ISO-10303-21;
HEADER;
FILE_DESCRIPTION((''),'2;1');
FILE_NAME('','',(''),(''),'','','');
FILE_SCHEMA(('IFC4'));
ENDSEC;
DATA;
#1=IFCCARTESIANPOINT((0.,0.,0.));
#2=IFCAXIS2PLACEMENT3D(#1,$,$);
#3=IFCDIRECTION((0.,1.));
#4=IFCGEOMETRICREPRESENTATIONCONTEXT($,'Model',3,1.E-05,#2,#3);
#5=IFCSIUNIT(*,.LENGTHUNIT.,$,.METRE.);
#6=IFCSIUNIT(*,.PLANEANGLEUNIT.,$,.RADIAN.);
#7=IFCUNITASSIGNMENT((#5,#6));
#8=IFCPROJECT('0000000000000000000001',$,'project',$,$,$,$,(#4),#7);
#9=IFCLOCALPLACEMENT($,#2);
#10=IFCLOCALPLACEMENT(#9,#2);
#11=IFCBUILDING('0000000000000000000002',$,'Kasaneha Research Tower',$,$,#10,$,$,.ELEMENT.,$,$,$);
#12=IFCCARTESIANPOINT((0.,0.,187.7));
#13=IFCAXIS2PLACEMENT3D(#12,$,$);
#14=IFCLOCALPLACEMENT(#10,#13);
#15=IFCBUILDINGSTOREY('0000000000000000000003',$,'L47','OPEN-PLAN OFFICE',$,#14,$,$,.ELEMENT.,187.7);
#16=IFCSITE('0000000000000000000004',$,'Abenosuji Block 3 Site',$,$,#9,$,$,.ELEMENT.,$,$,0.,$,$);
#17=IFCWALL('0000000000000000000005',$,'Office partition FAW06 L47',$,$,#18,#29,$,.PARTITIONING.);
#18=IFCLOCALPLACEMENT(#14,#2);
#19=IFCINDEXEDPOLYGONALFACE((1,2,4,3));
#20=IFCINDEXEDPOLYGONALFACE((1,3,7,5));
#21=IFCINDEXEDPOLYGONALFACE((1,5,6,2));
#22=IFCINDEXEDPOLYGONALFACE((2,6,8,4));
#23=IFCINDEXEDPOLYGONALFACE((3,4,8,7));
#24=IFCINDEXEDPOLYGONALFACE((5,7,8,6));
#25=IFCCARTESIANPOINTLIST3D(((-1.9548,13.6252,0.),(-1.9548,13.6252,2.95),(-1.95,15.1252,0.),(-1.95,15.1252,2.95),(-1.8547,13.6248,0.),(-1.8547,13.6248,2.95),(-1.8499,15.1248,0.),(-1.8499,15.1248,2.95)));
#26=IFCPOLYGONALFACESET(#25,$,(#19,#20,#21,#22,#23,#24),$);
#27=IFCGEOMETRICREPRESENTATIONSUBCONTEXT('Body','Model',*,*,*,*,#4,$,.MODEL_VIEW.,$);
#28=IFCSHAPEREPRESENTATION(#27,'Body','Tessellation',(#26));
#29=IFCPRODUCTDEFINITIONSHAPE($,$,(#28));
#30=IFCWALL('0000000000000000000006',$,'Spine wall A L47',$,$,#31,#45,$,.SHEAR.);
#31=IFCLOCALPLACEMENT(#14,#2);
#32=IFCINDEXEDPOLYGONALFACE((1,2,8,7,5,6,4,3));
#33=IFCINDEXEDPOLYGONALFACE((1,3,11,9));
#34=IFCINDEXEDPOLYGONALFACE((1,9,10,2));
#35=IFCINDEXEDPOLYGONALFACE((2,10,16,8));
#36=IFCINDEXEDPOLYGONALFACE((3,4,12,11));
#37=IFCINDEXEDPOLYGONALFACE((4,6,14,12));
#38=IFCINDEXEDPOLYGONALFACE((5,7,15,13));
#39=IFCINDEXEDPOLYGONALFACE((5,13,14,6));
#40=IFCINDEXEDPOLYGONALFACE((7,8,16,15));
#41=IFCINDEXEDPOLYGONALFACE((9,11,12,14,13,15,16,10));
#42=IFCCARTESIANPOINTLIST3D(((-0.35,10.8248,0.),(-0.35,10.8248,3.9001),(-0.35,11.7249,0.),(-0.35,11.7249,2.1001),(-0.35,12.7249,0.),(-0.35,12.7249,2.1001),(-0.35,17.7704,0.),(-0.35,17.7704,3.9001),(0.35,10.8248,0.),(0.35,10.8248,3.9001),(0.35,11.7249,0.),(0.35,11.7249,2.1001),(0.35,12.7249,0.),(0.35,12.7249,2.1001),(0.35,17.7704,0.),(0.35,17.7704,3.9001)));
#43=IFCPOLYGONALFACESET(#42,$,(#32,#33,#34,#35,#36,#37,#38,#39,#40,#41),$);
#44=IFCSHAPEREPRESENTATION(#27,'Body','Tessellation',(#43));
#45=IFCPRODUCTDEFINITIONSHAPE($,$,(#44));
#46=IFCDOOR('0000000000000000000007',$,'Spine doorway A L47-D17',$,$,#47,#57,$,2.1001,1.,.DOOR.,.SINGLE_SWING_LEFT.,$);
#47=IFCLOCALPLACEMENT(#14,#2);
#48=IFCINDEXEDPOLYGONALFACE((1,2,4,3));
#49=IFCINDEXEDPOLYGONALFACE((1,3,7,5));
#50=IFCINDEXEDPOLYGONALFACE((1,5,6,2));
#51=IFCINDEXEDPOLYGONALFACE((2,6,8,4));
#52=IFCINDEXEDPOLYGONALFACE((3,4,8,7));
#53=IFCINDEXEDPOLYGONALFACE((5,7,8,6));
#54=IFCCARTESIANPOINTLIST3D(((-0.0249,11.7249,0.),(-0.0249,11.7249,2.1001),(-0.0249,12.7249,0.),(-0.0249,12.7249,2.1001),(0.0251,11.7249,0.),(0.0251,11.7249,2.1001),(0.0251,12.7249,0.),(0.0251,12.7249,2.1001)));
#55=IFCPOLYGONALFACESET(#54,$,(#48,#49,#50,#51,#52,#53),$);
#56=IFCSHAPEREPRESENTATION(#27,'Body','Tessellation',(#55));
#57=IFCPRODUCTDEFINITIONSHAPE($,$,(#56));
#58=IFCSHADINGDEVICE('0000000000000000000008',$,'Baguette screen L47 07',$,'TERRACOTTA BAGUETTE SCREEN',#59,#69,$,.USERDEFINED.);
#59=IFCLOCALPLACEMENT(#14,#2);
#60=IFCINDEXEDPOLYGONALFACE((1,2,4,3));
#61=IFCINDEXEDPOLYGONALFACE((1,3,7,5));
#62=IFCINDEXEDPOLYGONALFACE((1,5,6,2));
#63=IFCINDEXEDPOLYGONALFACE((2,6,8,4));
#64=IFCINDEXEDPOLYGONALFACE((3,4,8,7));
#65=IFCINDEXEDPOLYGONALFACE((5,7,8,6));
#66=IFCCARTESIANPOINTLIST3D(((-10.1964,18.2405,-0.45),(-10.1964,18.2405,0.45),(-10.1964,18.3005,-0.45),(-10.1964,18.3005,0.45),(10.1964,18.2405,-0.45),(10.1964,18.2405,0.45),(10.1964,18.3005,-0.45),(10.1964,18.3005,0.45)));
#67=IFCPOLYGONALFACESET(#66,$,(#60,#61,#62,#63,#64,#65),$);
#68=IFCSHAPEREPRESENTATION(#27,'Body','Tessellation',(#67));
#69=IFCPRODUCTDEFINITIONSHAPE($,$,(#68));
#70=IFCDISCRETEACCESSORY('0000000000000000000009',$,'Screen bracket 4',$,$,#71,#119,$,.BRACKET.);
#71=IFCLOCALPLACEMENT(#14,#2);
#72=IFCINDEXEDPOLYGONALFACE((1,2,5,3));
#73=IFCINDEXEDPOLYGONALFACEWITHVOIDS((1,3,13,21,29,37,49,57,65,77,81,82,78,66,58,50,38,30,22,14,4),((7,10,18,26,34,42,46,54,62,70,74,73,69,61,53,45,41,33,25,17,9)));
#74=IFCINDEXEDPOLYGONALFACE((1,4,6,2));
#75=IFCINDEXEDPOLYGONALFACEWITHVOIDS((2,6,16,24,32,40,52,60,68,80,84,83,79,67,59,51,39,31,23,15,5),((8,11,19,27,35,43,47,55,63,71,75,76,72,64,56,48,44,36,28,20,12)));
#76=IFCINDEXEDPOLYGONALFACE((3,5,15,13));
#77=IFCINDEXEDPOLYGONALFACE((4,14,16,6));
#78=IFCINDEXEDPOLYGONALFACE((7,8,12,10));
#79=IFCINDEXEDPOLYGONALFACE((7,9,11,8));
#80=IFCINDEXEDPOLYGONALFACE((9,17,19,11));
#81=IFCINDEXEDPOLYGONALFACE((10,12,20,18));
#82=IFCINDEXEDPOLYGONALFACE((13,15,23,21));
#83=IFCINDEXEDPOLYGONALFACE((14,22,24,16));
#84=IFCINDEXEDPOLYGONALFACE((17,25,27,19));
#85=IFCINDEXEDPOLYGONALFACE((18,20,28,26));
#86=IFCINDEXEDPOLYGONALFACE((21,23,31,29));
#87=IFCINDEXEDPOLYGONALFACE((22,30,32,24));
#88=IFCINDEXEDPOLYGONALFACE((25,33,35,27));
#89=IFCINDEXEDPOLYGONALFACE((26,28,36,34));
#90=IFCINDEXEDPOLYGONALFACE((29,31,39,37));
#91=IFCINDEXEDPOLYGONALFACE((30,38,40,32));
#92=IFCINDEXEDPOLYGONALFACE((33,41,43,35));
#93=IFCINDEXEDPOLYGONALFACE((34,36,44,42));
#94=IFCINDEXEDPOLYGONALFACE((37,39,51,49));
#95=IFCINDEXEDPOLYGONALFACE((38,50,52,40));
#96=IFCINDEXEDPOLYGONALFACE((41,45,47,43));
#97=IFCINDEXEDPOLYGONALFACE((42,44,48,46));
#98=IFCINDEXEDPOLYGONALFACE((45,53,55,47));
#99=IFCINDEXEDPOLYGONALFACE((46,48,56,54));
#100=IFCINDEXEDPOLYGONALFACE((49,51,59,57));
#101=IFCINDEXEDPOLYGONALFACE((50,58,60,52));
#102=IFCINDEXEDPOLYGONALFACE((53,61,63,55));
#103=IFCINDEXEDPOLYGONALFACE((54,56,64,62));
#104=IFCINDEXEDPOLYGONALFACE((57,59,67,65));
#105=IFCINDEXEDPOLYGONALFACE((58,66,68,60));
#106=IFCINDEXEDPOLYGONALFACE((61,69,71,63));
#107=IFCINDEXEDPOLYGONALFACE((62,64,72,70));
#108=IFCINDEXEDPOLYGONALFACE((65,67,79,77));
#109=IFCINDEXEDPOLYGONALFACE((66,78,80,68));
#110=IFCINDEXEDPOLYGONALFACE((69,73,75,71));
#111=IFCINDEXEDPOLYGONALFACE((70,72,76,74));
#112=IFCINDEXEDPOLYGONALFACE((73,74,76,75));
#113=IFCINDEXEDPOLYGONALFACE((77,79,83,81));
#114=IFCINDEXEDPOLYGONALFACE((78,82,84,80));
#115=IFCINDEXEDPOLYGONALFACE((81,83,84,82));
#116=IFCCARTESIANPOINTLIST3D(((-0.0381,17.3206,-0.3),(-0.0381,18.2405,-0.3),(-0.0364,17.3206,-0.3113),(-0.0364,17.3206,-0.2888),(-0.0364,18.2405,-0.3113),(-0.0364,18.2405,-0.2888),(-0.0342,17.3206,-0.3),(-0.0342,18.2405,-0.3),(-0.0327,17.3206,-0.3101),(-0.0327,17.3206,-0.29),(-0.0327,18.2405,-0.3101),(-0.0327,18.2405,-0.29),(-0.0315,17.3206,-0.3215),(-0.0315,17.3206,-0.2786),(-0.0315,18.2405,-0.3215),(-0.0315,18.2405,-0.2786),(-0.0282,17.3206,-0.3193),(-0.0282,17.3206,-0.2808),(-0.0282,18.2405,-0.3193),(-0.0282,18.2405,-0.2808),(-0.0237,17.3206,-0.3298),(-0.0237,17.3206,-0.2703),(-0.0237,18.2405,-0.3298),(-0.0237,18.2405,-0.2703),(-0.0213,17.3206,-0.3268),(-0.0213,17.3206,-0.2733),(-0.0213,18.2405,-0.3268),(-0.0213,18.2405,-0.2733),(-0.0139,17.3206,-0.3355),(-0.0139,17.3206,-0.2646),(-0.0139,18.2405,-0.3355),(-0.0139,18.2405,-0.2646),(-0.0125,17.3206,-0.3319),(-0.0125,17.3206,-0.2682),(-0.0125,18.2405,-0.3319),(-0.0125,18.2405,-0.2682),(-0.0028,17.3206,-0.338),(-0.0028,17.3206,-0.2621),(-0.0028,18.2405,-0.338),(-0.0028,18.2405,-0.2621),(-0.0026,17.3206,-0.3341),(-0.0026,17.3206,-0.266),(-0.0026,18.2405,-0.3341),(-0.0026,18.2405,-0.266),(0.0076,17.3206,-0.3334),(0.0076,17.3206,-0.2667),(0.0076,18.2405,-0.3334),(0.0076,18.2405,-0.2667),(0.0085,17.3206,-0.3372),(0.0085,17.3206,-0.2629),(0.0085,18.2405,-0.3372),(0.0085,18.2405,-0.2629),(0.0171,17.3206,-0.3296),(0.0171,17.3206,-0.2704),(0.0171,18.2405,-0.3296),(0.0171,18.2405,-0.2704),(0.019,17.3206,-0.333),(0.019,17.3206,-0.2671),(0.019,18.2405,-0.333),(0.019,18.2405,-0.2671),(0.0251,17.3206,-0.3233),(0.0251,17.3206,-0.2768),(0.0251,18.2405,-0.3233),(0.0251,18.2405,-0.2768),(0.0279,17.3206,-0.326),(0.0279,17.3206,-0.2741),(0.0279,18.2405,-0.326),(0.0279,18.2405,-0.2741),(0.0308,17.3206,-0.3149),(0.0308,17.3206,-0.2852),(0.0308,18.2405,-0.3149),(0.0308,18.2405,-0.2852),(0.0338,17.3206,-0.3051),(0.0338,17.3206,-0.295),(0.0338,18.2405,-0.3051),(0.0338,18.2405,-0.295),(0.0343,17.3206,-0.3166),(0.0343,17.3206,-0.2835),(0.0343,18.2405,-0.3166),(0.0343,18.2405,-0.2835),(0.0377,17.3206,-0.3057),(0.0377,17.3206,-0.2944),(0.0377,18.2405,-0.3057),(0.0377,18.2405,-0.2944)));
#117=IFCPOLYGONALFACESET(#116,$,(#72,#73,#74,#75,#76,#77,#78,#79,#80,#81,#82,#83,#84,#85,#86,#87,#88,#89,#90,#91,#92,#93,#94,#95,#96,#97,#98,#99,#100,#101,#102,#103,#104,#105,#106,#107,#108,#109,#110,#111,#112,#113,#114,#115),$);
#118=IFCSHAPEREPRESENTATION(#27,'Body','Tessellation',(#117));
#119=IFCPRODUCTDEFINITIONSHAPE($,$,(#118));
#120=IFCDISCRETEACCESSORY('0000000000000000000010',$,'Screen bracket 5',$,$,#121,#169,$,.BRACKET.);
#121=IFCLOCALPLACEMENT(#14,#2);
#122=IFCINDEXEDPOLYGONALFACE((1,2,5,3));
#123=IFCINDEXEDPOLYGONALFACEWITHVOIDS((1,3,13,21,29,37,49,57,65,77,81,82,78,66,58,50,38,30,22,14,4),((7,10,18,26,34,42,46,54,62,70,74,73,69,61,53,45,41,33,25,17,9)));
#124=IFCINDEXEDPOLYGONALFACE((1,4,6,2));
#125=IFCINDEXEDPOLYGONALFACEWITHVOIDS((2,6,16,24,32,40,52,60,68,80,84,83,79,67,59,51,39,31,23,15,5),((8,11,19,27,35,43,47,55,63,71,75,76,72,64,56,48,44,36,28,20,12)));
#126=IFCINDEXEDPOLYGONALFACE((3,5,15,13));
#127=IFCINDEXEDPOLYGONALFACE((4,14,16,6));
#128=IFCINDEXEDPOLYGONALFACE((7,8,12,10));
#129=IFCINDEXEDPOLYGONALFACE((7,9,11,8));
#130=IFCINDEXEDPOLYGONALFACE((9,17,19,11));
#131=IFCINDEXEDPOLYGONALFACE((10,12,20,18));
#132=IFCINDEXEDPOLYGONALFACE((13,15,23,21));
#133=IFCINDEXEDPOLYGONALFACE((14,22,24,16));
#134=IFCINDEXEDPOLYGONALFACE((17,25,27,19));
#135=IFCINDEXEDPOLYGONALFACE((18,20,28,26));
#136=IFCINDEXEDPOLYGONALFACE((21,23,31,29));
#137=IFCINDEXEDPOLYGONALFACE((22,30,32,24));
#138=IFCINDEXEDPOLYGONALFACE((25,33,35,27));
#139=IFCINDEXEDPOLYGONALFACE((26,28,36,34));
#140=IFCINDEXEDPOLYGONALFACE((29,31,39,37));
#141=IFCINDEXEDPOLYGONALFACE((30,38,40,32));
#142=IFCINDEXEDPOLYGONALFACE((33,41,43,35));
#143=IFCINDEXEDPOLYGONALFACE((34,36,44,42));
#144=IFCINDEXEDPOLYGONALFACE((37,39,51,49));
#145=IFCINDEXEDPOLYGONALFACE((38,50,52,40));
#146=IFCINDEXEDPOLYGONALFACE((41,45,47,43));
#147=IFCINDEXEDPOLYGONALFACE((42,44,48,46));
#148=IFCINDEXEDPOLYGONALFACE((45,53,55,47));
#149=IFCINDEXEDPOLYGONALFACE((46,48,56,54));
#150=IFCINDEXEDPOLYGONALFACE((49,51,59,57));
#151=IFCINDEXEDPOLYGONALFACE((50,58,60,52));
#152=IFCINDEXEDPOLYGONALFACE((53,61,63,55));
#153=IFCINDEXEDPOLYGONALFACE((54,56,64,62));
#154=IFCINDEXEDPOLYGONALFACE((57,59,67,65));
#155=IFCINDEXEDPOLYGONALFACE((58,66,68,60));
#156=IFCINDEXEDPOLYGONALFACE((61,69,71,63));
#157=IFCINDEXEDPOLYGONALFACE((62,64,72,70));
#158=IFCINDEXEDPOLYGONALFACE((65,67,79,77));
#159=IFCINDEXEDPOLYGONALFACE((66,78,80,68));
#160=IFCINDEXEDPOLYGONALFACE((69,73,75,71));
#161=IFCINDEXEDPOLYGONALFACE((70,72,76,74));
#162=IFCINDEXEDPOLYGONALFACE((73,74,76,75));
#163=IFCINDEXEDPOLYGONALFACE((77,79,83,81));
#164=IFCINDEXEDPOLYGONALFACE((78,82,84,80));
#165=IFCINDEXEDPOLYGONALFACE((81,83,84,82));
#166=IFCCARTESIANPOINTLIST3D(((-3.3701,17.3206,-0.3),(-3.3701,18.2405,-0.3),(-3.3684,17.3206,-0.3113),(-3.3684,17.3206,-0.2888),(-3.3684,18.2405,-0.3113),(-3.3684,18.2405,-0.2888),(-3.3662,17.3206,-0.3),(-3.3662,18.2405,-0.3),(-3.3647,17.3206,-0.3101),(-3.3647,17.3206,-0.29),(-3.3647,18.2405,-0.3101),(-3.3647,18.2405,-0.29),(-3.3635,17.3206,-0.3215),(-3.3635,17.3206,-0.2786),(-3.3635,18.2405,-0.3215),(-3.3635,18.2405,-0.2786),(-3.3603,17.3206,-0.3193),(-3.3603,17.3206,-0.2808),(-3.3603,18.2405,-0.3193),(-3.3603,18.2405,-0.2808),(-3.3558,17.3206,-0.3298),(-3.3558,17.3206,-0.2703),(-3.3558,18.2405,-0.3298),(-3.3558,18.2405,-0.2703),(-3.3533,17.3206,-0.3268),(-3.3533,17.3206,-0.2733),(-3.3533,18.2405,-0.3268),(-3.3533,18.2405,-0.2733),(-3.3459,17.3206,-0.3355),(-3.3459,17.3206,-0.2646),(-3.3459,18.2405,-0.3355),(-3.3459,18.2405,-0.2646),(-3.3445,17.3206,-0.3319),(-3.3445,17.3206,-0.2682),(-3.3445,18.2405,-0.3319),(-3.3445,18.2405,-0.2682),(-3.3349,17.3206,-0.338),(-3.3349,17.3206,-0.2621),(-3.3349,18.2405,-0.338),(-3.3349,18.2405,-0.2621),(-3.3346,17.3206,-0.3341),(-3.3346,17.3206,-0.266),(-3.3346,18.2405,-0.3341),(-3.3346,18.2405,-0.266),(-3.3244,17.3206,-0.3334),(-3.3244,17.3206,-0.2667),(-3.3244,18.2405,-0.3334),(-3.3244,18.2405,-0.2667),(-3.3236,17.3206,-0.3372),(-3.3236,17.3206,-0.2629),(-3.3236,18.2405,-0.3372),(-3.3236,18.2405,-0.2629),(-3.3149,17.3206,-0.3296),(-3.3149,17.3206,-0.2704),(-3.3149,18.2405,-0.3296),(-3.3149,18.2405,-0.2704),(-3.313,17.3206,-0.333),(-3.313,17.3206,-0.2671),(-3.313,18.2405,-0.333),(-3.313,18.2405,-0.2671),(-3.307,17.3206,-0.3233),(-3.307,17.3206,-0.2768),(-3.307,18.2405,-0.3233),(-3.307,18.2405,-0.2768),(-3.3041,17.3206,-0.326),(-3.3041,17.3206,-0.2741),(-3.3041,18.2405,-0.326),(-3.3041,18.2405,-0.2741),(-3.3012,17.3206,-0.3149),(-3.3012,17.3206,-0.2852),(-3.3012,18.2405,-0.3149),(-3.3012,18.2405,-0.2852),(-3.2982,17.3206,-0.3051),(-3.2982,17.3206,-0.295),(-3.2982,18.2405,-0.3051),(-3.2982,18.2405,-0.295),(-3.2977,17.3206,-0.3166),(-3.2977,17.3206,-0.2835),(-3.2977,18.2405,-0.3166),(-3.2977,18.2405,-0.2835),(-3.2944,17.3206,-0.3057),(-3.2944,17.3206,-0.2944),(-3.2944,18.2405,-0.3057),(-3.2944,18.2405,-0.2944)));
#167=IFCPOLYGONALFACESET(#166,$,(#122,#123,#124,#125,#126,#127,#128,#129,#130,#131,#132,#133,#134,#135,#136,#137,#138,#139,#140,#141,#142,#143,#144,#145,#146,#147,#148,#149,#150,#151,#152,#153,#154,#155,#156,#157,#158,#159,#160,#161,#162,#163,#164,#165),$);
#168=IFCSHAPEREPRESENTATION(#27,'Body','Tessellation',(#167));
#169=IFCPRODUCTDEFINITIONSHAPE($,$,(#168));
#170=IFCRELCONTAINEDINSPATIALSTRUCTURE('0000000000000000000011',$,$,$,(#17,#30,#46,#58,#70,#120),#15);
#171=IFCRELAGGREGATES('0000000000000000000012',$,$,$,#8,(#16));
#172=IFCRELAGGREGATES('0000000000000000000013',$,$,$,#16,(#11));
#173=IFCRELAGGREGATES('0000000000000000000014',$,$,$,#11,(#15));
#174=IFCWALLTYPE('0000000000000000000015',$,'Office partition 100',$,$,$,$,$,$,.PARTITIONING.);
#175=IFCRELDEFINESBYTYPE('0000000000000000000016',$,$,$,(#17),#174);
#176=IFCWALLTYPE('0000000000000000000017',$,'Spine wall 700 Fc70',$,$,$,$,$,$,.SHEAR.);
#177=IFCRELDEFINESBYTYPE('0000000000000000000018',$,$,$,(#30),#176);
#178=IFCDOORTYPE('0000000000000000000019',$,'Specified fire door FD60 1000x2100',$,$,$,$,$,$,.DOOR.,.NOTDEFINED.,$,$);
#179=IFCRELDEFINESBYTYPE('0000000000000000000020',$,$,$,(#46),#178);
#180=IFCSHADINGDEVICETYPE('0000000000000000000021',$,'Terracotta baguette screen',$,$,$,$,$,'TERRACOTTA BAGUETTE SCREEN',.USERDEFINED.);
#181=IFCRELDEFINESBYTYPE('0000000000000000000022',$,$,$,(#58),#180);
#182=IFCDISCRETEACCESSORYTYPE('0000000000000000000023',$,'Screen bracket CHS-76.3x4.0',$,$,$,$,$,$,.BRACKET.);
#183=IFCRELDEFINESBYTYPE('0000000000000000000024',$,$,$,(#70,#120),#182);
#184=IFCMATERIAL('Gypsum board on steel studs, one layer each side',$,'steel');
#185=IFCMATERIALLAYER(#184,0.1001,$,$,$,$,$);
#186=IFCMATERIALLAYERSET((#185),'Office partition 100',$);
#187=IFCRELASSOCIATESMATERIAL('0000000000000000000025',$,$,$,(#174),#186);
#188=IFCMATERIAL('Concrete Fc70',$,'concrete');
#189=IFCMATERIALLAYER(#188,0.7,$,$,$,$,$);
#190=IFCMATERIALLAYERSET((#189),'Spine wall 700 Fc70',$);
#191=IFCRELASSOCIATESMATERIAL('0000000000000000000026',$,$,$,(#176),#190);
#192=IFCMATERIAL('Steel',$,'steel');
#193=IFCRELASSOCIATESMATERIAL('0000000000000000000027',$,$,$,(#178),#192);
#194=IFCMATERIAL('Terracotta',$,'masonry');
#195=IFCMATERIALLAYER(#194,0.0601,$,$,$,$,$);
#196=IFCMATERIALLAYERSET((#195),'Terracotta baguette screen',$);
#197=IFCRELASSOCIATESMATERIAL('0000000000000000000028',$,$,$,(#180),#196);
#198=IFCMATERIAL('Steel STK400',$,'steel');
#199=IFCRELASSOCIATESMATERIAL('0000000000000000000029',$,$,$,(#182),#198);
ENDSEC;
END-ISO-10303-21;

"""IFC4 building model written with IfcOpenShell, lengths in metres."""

from ifc_helpers import new_model, si_unit, direction, frame, frame_2d, origin, origin_2d, place, context, subcontext, project, spatial, rectangle, hollow_circle, extrude, material, layer, layer_set, material_profile, profile_set, type_object, element, fill, save


model = new_model("IFC4")

# Units and contexts
model_context = context("Model", 3, precision=1e-05, world=origin(), true_north=direction((0.0, 1.0)))
body_context = subcontext(model_context, "Body", "Model", "MODEL_VIEW")
ifc_project = project(units=[si_unit("LENGTHUNIT", "METRE"), si_unit("PLANEANGLEUNIT", "RADIAN")], contexts=[model_context])

# Site, building, storey
site_placement = place(None, origin())
site = spatial("IfcSite", under=ifc_project, at=site_placement, Name="Abenosuji Block 3 Site", CompositionType="ELEMENT", RefElevation=0.0)
building_placement = place(site_placement, origin())
building = spatial("IfcBuilding", under=site, at=building_placement, Name="Kasaneha Research Tower", CompositionType="ELEMENT")
storey_placement = place(building_placement, frame((0.0, 0.0, 187.7)))
storey = spatial("IfcBuildingStorey", under=building, at=storey_placement, Name="L47", Description="OPEN-PLAN OFFICE", CompositionType="ELEMENT", Elevation=187.7)

# Shared definitions
ifc_material_1 = material(Name="Gypsum board on steel studs, one layer each side", Category="steel")
ifc_layer_1 = layer(ifc_material_1, 0.1001)
ifc_layer_set_1 = layer_set([ifc_layer_1], Name="Office partition 100")
wall_type_1 = type_object("IfcWallType", Name="Office partition 100", PredefinedType="PARTITIONING", material=ifc_layer_set_1)

# Wall
for number, where, z_axis, x_axis, name in (
    (1, (-1.8999, 15.125, 0.0), (0.0, 0.0, 1.0), (-0.003255, -0.999995, 0.0), "Office partition FAW06 L47"),
):
    element("IfcWall", number, at=place(storey_placement, frame(where, z_axis=z_axis, x_axis=x_axis)), inside=storey, type_object=wall_type_1, Name=name, PredefinedType="PARTITIONING", context=body_context, shape_type="SweptSolid", body=[
        extrude(rectangle(XDim=1.5, YDim=0.1001, at=frame_2d((0.75, 0.0))), origin(), (0.0, 0.0, 1.0), 2.95),
    ])

# Wall, opening, door
ifc_material_2 = material(Name="Concrete Fc70", Category="concrete")
ifc_layer_2 = layer(ifc_material_2, 0.7)
ifc_layer_set_2 = layer_set([ifc_layer_2], Name="Spine wall 700 Fc70")
wall_type_2 = type_object("IfcWallType", Name="Spine wall 700 Fc70", PredefinedType="SHEAR", material=ifc_layer_set_2)
wall_1_placement = place(storey_placement, frame((0.0, 10.825, 0.0), z_axis=(0.0, 0.0, 1.0), x_axis=(0.0, 1.0, 0.0)))
wall_1 = element("IfcWall", 2, at=wall_1_placement, inside=storey, type_object=wall_type_2, Name="Spine wall A L47", PredefinedType="SHEAR", context=body_context, shape_type="SweptSolid", body=[
    extrude(rectangle(XDim=6.9456, YDim=0.7, at=frame_2d((3.4727, 0.0))), origin(), (0.0, 0.0, 1.0), 3.9001),
])
opening_1_placement = place(wall_1_placement, frame((0.8999, 0.0, 0.0)))
opening_1 = element("IfcOpeningElement", 3, at=opening_1_placement, cuts=wall_1, PredefinedType="OPENING", context=body_context, shape_type="SweptSolid", body=[
    extrude(rectangle(XDim=1.0, YDim=2.1001, at=frame_2d((0.5, 1.05))), frame((0.0, 0.3599, 0.0), z_axis=(0.0, -1.0, 0.0), x_axis=(1.0, 0.0, 0.0)), (0.0, 0.0, 1.0), 0.72),
])
ifc_material_3 = material(Name="Steel", Category="steel")
door_type_1 = type_object("IfcDoorType", Name="Specified fire door FD60 1000x2100", OperationType="NOTDEFINED", PredefinedType="DOOR", material=ifc_material_3)
door_1_placement = place(opening_1_placement, origin())
door_1 = element("IfcDoor", 4, at=door_1_placement, inside=storey, type_object=door_type_1, Name="Spine doorway A L47-D17", OperationType="SINGLE_SWING_LEFT", OverallHeight=2.1001, OverallWidth=1.0, PredefinedType="DOOR", context=body_context, shape_type="SweptSolid", body=[
    extrude(rectangle(XDim=1.0, YDim=2.1001, at=frame_2d((0.5, 1.05))), frame((0.0, 0.0249, 0.0), z_axis=(0.0, -1.0, 0.0), x_axis=(1.0, 0.0, 0.0)), (0.0, 0.0, 1.0), 0.05),
])
fill(opening_1, door_1)

# Shading device
ifc_material_4 = material(Name="Terracotta", Category="masonry")
ifc_layer_3 = layer(ifc_material_4, 0.0601)
ifc_layer_set_3 = layer_set([ifc_layer_3], Name="Terracotta baguette screen")
shading_device_type = type_object("IfcShadingDeviceType", Name="Terracotta baguette screen", ElementType="TERRACOTTA BAGUETTE SCREEN", PredefinedType="USERDEFINED", material=ifc_layer_set_3)
shading_device_placement = place(storey_placement, frame((0.0, 18.2705, -0.45), z_axis=(0.0, 0.0, 1.0), x_axis=(-1.0, 0.0, 0.0)))
element("IfcShadingDevice", 5, at=shading_device_placement, inside=storey, type_object=shading_device_type, Name="Baguette screen L47 07", ObjectType="TERRACOTTA BAGUETTE SCREEN", PredefinedType="USERDEFINED", context=body_context, shape_type="SweptSolid", body=[
    extrude(rectangle(XDim=20.3928, YDim=0.0601, at=origin_2d()), origin(), (0.0, 0.0, 1.0), 0.8999),
])

# Discrete accessories
ifc_material_5 = material(Name="Steel STK400", Category="steel")
ifc_material_profile_1 = material_profile(ifc_material_5, hollow_circle(Radius=0.0381, WallThickness=0.0039, at=origin_2d()), Name="CHS-76.3x4.0")
ifc_profile_set_1 = profile_set([ifc_material_profile_1], Name="Steel STK400")
discrete_accessory_type = type_object("IfcDiscreteAccessoryType", Name="Screen bracket CHS-76.3x4.0", PredefinedType="BRACKET", material=ifc_profile_set_1)
for number, where, z_axis, x_axis, name in (
    (6, (0.0, 17.3206, -0.3), (0.0, 1.0, 0.0), (-1.0, 0.0, 0.0), "Screen bracket 4"),
    (7, (-3.332, 17.3206, -0.3), (0.0, 1.0, 0.0), (-1.0, 0.0, 0.0), "Screen bracket 5"),
):
    element("IfcDiscreteAccessory", number, at=place(storey_placement, frame(where, z_axis=z_axis, x_axis=x_axis)), inside=storey, type_object=discrete_accessory_type, Name=name, PredefinedType="BRACKET", context=body_context, shape_type="SweptSolid", body=[
        extrude(hollow_circle(Radius=0.0381, WallThickness=0.0039, at=origin_2d()), origin(), (0.0, 0.0, 1.0), 0.9199),
    ])

save(model, "model.ifc")
